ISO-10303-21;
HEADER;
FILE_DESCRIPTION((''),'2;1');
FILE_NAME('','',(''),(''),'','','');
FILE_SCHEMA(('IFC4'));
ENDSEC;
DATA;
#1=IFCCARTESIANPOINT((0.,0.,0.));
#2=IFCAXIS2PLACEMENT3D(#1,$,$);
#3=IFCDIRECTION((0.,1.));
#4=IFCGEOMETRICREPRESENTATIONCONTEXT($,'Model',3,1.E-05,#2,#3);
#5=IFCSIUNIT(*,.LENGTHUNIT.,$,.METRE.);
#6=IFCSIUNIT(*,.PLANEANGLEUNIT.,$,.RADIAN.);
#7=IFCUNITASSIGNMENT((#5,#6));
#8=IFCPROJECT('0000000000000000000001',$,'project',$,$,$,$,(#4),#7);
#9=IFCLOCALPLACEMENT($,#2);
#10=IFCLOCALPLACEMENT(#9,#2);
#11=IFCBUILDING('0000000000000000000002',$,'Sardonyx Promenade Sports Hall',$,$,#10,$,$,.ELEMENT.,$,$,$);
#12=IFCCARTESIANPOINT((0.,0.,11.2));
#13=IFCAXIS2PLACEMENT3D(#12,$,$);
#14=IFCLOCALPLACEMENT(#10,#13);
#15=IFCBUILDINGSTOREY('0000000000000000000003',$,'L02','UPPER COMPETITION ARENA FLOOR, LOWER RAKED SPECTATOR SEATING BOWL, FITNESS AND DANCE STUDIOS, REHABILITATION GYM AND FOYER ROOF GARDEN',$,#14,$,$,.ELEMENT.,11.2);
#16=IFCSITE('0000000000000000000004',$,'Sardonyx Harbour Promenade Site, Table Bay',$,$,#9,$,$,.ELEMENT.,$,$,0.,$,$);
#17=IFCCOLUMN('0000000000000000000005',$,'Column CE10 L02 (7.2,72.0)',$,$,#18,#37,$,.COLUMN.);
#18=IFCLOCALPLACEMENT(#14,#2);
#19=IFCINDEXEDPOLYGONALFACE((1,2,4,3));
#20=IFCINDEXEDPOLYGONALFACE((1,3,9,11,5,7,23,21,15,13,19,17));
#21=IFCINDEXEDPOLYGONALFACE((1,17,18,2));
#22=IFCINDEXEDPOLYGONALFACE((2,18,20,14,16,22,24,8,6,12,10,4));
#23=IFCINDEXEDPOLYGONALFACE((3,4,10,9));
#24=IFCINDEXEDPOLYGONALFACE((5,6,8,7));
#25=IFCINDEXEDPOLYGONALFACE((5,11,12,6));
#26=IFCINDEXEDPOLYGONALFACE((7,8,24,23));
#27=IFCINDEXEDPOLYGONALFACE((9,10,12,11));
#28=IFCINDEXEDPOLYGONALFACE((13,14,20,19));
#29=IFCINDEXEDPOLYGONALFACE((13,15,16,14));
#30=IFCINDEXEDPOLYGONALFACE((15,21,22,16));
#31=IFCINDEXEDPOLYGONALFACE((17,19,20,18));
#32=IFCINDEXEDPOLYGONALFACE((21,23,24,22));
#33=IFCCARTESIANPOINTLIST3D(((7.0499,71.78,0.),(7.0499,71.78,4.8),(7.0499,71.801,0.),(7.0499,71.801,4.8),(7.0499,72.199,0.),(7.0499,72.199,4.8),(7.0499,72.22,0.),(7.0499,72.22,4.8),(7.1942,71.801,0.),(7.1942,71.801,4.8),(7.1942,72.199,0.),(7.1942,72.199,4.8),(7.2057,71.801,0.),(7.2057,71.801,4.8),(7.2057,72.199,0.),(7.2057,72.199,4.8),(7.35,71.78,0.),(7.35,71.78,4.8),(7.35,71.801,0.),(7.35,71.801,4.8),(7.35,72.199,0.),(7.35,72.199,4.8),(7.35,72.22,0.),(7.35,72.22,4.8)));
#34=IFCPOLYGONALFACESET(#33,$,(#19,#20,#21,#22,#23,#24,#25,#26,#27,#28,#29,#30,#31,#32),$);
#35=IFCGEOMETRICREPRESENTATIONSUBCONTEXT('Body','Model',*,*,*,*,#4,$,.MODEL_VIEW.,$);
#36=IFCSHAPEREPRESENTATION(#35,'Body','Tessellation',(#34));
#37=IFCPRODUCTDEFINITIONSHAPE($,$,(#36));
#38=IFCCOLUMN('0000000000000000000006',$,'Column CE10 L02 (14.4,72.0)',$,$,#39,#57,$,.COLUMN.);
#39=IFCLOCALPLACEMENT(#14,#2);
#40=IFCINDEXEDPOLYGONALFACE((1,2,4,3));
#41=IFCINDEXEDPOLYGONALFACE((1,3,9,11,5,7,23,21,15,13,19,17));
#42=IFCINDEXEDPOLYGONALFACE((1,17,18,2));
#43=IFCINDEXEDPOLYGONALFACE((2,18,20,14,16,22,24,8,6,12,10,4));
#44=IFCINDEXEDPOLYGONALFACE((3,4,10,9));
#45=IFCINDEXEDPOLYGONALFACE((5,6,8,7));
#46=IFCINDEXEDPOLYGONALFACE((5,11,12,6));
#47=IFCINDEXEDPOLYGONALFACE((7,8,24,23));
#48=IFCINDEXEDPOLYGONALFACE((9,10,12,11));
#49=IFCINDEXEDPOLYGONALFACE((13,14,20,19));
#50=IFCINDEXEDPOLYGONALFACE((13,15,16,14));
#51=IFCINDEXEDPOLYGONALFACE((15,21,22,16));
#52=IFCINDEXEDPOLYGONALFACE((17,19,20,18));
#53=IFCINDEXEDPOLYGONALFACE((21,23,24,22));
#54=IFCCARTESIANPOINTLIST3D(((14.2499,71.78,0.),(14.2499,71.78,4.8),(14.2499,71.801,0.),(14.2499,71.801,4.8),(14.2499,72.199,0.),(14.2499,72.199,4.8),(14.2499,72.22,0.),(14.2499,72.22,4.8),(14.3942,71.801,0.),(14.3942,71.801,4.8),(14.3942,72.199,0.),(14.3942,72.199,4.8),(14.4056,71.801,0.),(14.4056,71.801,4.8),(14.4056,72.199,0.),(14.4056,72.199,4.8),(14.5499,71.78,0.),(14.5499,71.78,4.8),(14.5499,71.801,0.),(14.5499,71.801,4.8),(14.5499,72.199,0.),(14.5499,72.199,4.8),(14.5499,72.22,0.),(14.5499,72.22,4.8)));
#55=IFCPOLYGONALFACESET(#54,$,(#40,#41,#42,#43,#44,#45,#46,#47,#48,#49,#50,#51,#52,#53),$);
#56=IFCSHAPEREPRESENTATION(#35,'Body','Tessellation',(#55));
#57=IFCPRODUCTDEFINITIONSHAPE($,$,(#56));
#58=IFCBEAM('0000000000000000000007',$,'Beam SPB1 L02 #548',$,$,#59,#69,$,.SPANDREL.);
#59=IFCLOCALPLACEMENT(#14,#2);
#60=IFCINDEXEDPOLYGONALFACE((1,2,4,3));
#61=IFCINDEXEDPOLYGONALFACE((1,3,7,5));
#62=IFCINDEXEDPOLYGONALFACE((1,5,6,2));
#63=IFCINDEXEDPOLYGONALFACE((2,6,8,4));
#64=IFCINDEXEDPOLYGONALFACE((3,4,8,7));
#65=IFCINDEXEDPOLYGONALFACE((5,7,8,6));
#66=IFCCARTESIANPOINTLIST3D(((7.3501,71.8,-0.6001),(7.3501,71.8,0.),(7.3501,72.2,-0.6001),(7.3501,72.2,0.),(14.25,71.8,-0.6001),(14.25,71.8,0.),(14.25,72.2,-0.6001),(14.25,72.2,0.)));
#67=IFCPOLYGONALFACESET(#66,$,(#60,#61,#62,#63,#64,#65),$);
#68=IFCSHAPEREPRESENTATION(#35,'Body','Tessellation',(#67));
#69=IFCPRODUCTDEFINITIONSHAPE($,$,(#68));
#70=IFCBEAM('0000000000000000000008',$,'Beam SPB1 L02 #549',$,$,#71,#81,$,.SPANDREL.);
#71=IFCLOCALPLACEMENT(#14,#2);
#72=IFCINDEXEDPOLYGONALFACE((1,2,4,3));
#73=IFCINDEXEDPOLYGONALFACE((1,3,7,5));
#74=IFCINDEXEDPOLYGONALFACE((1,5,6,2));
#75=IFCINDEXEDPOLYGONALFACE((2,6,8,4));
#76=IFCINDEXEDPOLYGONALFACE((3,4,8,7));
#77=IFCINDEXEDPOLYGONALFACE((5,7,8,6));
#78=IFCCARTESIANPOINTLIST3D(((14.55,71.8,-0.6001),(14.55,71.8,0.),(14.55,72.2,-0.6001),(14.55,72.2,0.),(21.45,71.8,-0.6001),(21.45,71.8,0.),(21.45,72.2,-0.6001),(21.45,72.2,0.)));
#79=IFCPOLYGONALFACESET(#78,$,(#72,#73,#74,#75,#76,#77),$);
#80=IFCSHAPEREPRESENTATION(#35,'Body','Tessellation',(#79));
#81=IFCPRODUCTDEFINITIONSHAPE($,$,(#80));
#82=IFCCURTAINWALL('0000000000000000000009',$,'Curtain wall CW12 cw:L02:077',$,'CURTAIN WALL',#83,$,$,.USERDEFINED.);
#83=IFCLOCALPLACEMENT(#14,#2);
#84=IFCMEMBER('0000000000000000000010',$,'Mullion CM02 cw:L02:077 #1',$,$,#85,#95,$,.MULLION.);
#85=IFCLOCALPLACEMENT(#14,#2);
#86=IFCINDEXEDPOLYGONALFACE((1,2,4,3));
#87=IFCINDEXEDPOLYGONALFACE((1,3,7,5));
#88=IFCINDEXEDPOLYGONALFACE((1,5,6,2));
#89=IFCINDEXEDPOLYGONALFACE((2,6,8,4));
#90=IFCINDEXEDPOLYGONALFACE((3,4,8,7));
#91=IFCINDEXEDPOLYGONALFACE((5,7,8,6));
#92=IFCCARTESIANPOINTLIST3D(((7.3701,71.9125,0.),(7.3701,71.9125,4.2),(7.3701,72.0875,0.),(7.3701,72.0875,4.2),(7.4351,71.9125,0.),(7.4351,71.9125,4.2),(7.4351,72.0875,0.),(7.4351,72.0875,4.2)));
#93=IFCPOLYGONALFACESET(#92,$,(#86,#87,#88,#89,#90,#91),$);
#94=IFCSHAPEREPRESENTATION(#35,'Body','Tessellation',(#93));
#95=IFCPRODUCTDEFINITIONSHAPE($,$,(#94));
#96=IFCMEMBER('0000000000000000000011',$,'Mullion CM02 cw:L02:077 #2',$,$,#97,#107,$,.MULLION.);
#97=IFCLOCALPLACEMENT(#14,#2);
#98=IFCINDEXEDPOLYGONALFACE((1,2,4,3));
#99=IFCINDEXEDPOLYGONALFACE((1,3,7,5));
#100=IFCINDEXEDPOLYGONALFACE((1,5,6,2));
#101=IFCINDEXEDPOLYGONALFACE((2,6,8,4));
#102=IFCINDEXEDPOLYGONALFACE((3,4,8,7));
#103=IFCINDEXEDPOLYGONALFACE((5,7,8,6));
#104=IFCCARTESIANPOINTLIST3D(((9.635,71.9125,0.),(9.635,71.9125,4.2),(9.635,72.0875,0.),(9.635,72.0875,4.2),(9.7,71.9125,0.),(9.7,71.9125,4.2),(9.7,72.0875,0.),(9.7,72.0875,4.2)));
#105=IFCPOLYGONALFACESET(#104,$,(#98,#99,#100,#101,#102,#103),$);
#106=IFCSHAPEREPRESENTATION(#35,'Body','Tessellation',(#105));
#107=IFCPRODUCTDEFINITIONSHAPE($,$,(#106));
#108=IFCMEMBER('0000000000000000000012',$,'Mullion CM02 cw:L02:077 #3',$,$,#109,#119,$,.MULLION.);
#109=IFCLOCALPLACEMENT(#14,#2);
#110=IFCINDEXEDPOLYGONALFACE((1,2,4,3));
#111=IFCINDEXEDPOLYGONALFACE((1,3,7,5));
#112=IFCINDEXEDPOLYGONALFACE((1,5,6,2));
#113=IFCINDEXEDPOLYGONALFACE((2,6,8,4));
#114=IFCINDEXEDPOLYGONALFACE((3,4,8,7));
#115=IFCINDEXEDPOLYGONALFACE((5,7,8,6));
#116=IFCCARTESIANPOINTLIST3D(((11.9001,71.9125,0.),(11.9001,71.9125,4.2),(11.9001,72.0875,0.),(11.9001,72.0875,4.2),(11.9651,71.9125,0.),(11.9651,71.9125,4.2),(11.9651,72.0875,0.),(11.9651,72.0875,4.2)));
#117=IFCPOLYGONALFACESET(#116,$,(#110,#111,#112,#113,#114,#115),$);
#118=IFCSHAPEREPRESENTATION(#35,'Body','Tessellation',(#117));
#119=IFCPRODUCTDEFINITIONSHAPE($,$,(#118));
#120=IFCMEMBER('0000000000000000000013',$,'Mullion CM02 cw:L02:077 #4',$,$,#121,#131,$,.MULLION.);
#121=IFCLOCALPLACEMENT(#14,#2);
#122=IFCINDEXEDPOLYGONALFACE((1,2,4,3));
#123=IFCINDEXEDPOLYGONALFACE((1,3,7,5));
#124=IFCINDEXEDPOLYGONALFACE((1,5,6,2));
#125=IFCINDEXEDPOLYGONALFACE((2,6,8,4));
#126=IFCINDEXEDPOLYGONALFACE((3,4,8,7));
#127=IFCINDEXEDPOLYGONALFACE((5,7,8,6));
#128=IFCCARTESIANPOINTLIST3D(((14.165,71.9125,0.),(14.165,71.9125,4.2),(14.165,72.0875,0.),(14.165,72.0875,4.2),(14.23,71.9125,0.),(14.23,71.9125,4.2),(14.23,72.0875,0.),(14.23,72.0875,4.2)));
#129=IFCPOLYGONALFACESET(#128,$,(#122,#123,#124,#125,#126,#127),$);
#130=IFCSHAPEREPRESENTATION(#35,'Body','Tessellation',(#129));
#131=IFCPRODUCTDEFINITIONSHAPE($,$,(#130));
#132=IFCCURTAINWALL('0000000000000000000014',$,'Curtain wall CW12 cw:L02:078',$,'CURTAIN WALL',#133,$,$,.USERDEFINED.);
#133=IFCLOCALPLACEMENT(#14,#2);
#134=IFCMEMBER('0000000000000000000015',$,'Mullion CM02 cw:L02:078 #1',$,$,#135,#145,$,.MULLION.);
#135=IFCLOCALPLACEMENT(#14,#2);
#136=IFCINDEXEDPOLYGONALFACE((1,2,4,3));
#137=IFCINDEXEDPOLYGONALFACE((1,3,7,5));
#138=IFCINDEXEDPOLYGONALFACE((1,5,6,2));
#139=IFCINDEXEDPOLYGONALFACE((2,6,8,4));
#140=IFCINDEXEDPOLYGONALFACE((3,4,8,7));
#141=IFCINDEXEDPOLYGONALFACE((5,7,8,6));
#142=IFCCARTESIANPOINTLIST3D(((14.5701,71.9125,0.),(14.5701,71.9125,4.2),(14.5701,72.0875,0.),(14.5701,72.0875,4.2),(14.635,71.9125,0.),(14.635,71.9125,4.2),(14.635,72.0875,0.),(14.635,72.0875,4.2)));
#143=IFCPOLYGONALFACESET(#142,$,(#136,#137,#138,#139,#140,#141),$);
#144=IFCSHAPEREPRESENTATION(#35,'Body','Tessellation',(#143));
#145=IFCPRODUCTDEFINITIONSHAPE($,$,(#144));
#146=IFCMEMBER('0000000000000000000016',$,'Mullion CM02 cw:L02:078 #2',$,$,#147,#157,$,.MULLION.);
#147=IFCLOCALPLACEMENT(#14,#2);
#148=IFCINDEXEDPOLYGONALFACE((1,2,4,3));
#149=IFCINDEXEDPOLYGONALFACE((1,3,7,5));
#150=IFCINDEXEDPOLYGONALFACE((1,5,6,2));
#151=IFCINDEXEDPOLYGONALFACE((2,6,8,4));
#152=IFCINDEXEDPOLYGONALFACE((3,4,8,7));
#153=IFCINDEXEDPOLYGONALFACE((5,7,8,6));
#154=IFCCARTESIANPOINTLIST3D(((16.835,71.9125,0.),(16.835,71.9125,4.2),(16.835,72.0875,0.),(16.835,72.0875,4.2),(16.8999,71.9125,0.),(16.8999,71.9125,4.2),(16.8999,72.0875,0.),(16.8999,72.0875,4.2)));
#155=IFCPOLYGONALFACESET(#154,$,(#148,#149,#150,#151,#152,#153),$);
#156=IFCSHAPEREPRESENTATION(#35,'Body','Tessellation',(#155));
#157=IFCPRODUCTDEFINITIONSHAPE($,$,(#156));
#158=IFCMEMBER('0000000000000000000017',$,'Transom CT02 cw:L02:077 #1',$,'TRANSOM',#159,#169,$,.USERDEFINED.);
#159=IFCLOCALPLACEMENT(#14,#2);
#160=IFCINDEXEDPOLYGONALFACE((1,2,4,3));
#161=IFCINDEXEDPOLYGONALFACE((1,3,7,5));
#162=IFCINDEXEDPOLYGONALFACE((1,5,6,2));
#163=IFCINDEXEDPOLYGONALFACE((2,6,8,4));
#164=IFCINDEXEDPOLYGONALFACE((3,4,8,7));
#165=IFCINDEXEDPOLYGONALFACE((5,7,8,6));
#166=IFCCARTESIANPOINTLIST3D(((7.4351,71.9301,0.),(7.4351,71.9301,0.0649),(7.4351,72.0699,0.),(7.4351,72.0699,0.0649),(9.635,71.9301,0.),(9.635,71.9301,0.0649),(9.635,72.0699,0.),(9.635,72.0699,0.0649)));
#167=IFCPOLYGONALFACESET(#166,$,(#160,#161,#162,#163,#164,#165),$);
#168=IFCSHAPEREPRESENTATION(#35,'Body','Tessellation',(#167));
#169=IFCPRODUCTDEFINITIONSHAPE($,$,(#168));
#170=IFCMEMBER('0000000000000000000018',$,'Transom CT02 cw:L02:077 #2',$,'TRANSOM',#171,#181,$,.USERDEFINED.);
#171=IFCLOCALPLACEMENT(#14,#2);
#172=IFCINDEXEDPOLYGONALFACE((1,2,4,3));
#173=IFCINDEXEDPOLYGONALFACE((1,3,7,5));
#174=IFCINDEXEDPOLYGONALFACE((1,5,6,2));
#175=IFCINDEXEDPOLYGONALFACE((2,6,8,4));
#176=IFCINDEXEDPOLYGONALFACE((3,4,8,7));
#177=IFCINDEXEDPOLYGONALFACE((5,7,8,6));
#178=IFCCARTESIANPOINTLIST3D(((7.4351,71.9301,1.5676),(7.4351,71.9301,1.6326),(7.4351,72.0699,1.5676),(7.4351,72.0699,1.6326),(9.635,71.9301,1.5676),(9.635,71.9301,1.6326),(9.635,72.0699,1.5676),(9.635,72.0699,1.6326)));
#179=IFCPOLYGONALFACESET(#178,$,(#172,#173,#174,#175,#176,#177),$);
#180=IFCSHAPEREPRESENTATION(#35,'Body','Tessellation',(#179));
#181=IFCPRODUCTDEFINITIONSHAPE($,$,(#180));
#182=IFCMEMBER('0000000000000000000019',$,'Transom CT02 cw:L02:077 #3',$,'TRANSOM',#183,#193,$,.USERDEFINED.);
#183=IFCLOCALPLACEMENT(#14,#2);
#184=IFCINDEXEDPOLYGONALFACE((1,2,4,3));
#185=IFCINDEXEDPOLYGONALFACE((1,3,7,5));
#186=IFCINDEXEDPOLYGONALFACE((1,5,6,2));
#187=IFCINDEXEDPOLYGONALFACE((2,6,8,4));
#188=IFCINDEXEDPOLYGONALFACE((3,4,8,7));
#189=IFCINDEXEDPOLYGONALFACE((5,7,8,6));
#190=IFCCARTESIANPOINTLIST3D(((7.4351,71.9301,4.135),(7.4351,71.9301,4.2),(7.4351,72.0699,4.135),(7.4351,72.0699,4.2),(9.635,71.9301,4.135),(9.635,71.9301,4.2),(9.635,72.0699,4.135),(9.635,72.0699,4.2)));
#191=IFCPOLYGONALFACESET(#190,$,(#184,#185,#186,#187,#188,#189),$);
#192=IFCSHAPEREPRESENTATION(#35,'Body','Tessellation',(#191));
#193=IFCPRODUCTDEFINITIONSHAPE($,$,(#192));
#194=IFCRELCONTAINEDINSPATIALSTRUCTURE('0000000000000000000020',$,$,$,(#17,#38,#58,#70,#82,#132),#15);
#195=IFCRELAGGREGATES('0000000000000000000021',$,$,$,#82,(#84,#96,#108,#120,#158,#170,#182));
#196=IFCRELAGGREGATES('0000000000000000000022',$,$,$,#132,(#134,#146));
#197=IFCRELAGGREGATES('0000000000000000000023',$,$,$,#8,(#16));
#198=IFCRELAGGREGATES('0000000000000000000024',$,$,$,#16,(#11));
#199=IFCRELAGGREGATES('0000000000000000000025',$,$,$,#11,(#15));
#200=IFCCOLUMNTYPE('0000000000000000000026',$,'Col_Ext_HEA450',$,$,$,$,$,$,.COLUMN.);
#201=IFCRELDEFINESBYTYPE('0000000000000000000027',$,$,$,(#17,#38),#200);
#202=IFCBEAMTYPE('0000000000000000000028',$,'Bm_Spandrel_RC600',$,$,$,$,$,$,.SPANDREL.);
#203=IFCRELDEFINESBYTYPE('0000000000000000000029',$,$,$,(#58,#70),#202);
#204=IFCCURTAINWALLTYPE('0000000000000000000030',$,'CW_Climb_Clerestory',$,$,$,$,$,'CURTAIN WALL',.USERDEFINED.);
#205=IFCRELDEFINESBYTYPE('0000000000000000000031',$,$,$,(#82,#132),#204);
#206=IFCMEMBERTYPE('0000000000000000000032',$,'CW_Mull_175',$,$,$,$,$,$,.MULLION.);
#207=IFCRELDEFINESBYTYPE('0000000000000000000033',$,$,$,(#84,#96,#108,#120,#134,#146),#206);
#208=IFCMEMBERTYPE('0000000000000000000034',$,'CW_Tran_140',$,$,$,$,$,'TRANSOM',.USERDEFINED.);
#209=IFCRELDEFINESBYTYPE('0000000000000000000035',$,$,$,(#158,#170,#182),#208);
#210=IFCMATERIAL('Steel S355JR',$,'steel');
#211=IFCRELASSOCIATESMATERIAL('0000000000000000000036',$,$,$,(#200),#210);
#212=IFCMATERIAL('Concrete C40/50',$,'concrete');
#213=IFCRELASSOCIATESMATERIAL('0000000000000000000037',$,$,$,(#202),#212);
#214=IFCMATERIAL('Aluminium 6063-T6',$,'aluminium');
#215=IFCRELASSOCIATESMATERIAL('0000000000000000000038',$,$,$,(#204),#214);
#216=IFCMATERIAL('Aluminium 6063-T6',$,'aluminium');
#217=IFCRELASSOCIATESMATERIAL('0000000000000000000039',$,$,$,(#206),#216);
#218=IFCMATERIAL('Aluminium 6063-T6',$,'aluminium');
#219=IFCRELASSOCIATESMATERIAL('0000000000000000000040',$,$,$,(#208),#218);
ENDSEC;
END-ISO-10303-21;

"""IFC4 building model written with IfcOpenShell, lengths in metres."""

from ifc_helpers import new_model, si_unit, direction, frame, origin, origin_2d, place, context, subcontext, project, spatial, rectangle, i_section, extrude, material, material_profile, profile_set, type_object, element, aggregate, save


model = new_model("IFC4")

# Units and contexts
model_context = context("Model", 3, precision=1e-05, world=origin(), true_north=direction((0.0, 1.0)))
body_context = subcontext(model_context, "Body", "Model", "MODEL_VIEW")
ifc_project = project(units=[si_unit("LENGTHUNIT", "METRE"), si_unit("PLANEANGLEUNIT", "RADIAN")], contexts=[model_context])

# Site, building, storey
site_placement = place(None, origin())
site = spatial("IfcSite", under=ifc_project, at=site_placement, Name="Sardonyx Harbour Promenade Site, Table Bay", CompositionType="ELEMENT", RefElevation=0.0)
building_placement = place(site_placement, origin())
building = spatial("IfcBuilding", under=site, at=building_placement, Name="Sardonyx Promenade Sports Hall", CompositionType="ELEMENT")
storey_placement = place(building_placement, frame((0.0, 0.0, 11.2)))
storey = spatial("IfcBuildingStorey", under=building, at=storey_placement, Name="L02", Description="UPPER COMPETITION ARENA FLOOR, LOWER RAKED SPECTATOR SEATING BOWL, FITNESS AND DANCE STUDIOS, REHABILITATION GYM AND FOYER ROOF GARDEN", CompositionType="ELEMENT", Elevation=11.2)

# Columns
ifc_material_1 = material(Name="Steel S355JR", Category="steel")
ifc_material_profile_1 = material_profile(ifc_material_1, i_section(OverallWidth=0.3, OverallDepth=0.4399, WebThickness=0.0115, FlangeThickness=0.021, at=origin_2d()))
ifc_profile_set_1 = profile_set([ifc_material_profile_1], Name="Steel S355JR")
column_type = type_object("IfcColumnType", Name="Col_Ext_HEA450", PredefinedType="COLUMN", material=ifc_profile_set_1)
for number, where, z_axis, x_axis, name in (
    (1, (7.2, 72.0, 0.0), (0.0, 0.0, 1.0), (1.0, 0.0, 0.0), "Column CE10 L02 (7.2,72.0)"),
    (2, (14.3999, 72.0, 0.0), (0.0, 0.0, 1.0), (1.0, 0.0, 0.0), "Column CE10 L02 (14.4,72.0)"),
):
    element("IfcColumn", number, at=place(storey_placement, frame(where, z_axis=z_axis, x_axis=x_axis)), inside=storey, type_object=column_type, Name=name, PredefinedType="COLUMN", context=body_context, shape_type="SweptSolid", body=[
        extrude(i_section(OverallWidth=0.3, OverallDepth=0.4399, WebThickness=0.0115, FlangeThickness=0.021, at=origin_2d()), origin(), (0.0, 0.0, 1.0), 4.8),
    ])

# Beams
ifc_material_2 = material(Name="Concrete C40/50", Category="concrete")
ifc_material_profile_2 = material_profile(ifc_material_2, rectangle(XDim=0.3999, YDim=0.6001, at=origin_2d()))
ifc_profile_set_2 = profile_set([ifc_material_profile_2], Name="Concrete C40/50")
beam_type = type_object("IfcBeamType", Name="Bm_Spandrel_RC600", PredefinedType="SPANDREL", material=ifc_profile_set_2)
for number, where, z_axis, x_axis, name in (
    (3, (7.3501, 72.0, -0.3), (1.0, 0.0, 0.0), (0.0, 1.0, 0.0), "Beam SPB1 L02 #548"),
    (4, (14.55, 72.0, -0.3), (1.0, 0.0, 0.0), (0.0, 1.0, 0.0), "Beam SPB1 L02 #549"),
):
    element("IfcBeam", number, at=place(storey_placement, frame(where, z_axis=z_axis, x_axis=x_axis)), inside=storey, type_object=beam_type, Name=name, PredefinedType="SPANDREL", context=body_context, shape_type="SweptSolid", body=[
        extrude(rectangle(XDim=0.3999, YDim=0.6001, at=origin_2d()), origin(), (0.0, 0.0, 1.0), 6.8999),
    ])

# Curtain walls, members
ifc_material_3 = material(Name="Aluminium 6063-T6", Category="aluminium")
curtain_wall_type = type_object("IfcCurtainWallType", Name="CW_Climb_Clerestory", ElementType="CURTAIN WALL", PredefinedType="USERDEFINED", material=ifc_material_3)
curtain_wall_1_placement = place(storey_placement, origin())
curtain_wall_1 = element("IfcCurtainWall", 5, at=curtain_wall_1_placement, inside=storey, type_object=curtain_wall_type, Name="Curtain wall CW12 cw:L02:077", ObjectType="CURTAIN WALL", PredefinedType="USERDEFINED")
ifc_material_4 = material(Name="Aluminium 6063-T6", Category="aluminium")
ifc_material_profile_3 = material_profile(ifc_material_4, rectangle(XDim=0.0649, YDim=0.175, at=origin_2d()))
ifc_profile_set_3 = profile_set([ifc_material_profile_3], Name="Aluminium 6063-T6")
member_type_1 = type_object("IfcMemberType", Name="CW_Mull_175", PredefinedType="MULLION", material=ifc_profile_set_3)
member_1_placement = place(storey_placement, frame((7.4026, 72.0, 0.0), z_axis=(0.0, 0.0, 1.0), x_axis=(1.0, 0.0, 0.0)))
member_1 = element("IfcMember", 6, at=member_1_placement, type_object=member_type_1, Name="Mullion CM02 cw:L02:077 #1", PredefinedType="MULLION", context=body_context, shape_type="SweptSolid", body=[
    extrude(rectangle(XDim=0.0649, YDim=0.175, at=origin_2d()), origin(), (0.0, 0.0, 1.0), 4.2),
])
member_2_placement = place(storey_placement, frame((9.6675, 72.0, 0.0), z_axis=(0.0, 0.0, 1.0), x_axis=(1.0, 0.0, 0.0)))
member_2 = element("IfcMember", 7, at=member_2_placement, type_object=member_type_1, Name="Mullion CM02 cw:L02:077 #2", PredefinedType="MULLION", context=body_context, shape_type="SweptSolid", body=[
    extrude(rectangle(XDim=0.0649, YDim=0.175, at=origin_2d()), origin(), (0.0, 0.0, 1.0), 4.2),
])
member_3_placement = place(storey_placement, frame((11.9326, 72.0, 0.0), z_axis=(0.0, 0.0, 1.0), x_axis=(1.0, 0.0, 0.0)))
member_3 = element("IfcMember", 8, at=member_3_placement, type_object=member_type_1, Name="Mullion CM02 cw:L02:077 #3", PredefinedType="MULLION", context=body_context, shape_type="SweptSolid", body=[
    extrude(rectangle(XDim=0.0649, YDim=0.175, at=origin_2d()), origin(), (0.0, 0.0, 1.0), 4.2),
])
member_4_placement = place(storey_placement, frame((14.1975, 72.0, 0.0), z_axis=(0.0, 0.0, 1.0), x_axis=(1.0, 0.0, 0.0)))
member_4 = element("IfcMember", 9, at=member_4_placement, type_object=member_type_1, Name="Mullion CM02 cw:L02:077 #4", PredefinedType="MULLION", context=body_context, shape_type="SweptSolid", body=[
    extrude(rectangle(XDim=0.0649, YDim=0.175, at=origin_2d()), origin(), (0.0, 0.0, 1.0), 4.2),
])
curtain_wall_2_placement = place(storey_placement, origin())
curtain_wall_2 = element("IfcCurtainWall", 10, at=curtain_wall_2_placement, inside=storey, type_object=curtain_wall_type, Name="Curtain wall CW12 cw:L02:078", ObjectType="CURTAIN WALL", PredefinedType="USERDEFINED")
member_5_placement = place(storey_placement, frame((14.6025, 72.0, 0.0), z_axis=(0.0, 0.0, 1.0), x_axis=(1.0, 0.0, 0.0)))
member_5 = element("IfcMember", 11, at=member_5_placement, type_object=member_type_1, Name="Mullion CM02 cw:L02:078 #1", PredefinedType="MULLION", context=body_context, shape_type="SweptSolid", body=[
    extrude(rectangle(XDim=0.0649, YDim=0.175, at=origin_2d()), origin(), (0.0, 0.0, 1.0), 4.2),
])
member_6_placement = place(storey_placement, frame((16.8674, 72.0, 0.0), z_axis=(0.0, 0.0, 1.0), x_axis=(1.0, 0.0, 0.0)))
member_6 = element("IfcMember", 12, at=member_6_placement, type_object=member_type_1, Name="Mullion CM02 cw:L02:078 #2", PredefinedType="MULLION", context=body_context, shape_type="SweptSolid", body=[
    extrude(rectangle(XDim=0.0649, YDim=0.175, at=origin_2d()), origin(), (0.0, 0.0, 1.0), 4.2),
])

# Members
ifc_material_5 = material(Name="Aluminium 6063-T6", Category="aluminium")
ifc_material_profile_4 = material_profile(ifc_material_5, rectangle(XDim=0.0649, YDim=0.1399, at=origin_2d()))
ifc_profile_set_4 = profile_set([ifc_material_profile_4], Name="Aluminium 6063-T6")
member_type_2 = type_object("IfcMemberType", Name="CW_Tran_140", ElementType="TRANSOM", PredefinedType="USERDEFINED", material=ifc_profile_set_4)
member_7_placement = place(storey_placement, frame((7.4351, 72.0, 0.0325), z_axis=(1.0, 0.0, 0.0), x_axis=(0.0, 0.0, 1.0)))
member_7 = element("IfcMember", 13, at=member_7_placement, type_object=member_type_2, Name="Transom CT02 cw:L02:077 #1", ObjectType="TRANSOM", PredefinedType="USERDEFINED", context=body_context, shape_type="SweptSolid", body=[
    extrude(rectangle(XDim=0.0649, YDim=0.1399, at=origin_2d()), origin(), (0.0, 0.0, 1.0), 2.2),
])
member_8_placement = place(storey_placement, frame((7.4351, 72.0, 1.6001), z_axis=(1.0, 0.0, 0.0), x_axis=(0.0, 0.0, 1.0)))
member_8 = element("IfcMember", 14, at=member_8_placement, type_object=member_type_2, Name="Transom CT02 cw:L02:077 #2", ObjectType="TRANSOM", PredefinedType="USERDEFINED", context=body_context, shape_type="SweptSolid", body=[
    extrude(rectangle(XDim=0.0649, YDim=0.1399, at=origin_2d()), origin(), (0.0, 0.0, 1.0), 2.2),
])
member_9_placement = place(storey_placement, frame((7.4351, 72.0, 4.1675), z_axis=(1.0, 0.0, 0.0), x_axis=(0.0, 0.0, 1.0)))
member_9 = element("IfcMember", 15, at=member_9_placement, type_object=member_type_2, Name="Transom CT02 cw:L02:077 #3", ObjectType="TRANSOM", PredefinedType="USERDEFINED", context=body_context, shape_type="SweptSolid", body=[
    extrude(rectangle(XDim=0.0649, YDim=0.1399, at=origin_2d()), origin(), (0.0, 0.0, 1.0), 2.2),
])

aggregate(curtain_wall_1, [member_1, member_2, member_3, member_4, member_7, member_8, member_9])
aggregate(curtain_wall_2, [member_5, member_6])

save(model, "model.ifc")
